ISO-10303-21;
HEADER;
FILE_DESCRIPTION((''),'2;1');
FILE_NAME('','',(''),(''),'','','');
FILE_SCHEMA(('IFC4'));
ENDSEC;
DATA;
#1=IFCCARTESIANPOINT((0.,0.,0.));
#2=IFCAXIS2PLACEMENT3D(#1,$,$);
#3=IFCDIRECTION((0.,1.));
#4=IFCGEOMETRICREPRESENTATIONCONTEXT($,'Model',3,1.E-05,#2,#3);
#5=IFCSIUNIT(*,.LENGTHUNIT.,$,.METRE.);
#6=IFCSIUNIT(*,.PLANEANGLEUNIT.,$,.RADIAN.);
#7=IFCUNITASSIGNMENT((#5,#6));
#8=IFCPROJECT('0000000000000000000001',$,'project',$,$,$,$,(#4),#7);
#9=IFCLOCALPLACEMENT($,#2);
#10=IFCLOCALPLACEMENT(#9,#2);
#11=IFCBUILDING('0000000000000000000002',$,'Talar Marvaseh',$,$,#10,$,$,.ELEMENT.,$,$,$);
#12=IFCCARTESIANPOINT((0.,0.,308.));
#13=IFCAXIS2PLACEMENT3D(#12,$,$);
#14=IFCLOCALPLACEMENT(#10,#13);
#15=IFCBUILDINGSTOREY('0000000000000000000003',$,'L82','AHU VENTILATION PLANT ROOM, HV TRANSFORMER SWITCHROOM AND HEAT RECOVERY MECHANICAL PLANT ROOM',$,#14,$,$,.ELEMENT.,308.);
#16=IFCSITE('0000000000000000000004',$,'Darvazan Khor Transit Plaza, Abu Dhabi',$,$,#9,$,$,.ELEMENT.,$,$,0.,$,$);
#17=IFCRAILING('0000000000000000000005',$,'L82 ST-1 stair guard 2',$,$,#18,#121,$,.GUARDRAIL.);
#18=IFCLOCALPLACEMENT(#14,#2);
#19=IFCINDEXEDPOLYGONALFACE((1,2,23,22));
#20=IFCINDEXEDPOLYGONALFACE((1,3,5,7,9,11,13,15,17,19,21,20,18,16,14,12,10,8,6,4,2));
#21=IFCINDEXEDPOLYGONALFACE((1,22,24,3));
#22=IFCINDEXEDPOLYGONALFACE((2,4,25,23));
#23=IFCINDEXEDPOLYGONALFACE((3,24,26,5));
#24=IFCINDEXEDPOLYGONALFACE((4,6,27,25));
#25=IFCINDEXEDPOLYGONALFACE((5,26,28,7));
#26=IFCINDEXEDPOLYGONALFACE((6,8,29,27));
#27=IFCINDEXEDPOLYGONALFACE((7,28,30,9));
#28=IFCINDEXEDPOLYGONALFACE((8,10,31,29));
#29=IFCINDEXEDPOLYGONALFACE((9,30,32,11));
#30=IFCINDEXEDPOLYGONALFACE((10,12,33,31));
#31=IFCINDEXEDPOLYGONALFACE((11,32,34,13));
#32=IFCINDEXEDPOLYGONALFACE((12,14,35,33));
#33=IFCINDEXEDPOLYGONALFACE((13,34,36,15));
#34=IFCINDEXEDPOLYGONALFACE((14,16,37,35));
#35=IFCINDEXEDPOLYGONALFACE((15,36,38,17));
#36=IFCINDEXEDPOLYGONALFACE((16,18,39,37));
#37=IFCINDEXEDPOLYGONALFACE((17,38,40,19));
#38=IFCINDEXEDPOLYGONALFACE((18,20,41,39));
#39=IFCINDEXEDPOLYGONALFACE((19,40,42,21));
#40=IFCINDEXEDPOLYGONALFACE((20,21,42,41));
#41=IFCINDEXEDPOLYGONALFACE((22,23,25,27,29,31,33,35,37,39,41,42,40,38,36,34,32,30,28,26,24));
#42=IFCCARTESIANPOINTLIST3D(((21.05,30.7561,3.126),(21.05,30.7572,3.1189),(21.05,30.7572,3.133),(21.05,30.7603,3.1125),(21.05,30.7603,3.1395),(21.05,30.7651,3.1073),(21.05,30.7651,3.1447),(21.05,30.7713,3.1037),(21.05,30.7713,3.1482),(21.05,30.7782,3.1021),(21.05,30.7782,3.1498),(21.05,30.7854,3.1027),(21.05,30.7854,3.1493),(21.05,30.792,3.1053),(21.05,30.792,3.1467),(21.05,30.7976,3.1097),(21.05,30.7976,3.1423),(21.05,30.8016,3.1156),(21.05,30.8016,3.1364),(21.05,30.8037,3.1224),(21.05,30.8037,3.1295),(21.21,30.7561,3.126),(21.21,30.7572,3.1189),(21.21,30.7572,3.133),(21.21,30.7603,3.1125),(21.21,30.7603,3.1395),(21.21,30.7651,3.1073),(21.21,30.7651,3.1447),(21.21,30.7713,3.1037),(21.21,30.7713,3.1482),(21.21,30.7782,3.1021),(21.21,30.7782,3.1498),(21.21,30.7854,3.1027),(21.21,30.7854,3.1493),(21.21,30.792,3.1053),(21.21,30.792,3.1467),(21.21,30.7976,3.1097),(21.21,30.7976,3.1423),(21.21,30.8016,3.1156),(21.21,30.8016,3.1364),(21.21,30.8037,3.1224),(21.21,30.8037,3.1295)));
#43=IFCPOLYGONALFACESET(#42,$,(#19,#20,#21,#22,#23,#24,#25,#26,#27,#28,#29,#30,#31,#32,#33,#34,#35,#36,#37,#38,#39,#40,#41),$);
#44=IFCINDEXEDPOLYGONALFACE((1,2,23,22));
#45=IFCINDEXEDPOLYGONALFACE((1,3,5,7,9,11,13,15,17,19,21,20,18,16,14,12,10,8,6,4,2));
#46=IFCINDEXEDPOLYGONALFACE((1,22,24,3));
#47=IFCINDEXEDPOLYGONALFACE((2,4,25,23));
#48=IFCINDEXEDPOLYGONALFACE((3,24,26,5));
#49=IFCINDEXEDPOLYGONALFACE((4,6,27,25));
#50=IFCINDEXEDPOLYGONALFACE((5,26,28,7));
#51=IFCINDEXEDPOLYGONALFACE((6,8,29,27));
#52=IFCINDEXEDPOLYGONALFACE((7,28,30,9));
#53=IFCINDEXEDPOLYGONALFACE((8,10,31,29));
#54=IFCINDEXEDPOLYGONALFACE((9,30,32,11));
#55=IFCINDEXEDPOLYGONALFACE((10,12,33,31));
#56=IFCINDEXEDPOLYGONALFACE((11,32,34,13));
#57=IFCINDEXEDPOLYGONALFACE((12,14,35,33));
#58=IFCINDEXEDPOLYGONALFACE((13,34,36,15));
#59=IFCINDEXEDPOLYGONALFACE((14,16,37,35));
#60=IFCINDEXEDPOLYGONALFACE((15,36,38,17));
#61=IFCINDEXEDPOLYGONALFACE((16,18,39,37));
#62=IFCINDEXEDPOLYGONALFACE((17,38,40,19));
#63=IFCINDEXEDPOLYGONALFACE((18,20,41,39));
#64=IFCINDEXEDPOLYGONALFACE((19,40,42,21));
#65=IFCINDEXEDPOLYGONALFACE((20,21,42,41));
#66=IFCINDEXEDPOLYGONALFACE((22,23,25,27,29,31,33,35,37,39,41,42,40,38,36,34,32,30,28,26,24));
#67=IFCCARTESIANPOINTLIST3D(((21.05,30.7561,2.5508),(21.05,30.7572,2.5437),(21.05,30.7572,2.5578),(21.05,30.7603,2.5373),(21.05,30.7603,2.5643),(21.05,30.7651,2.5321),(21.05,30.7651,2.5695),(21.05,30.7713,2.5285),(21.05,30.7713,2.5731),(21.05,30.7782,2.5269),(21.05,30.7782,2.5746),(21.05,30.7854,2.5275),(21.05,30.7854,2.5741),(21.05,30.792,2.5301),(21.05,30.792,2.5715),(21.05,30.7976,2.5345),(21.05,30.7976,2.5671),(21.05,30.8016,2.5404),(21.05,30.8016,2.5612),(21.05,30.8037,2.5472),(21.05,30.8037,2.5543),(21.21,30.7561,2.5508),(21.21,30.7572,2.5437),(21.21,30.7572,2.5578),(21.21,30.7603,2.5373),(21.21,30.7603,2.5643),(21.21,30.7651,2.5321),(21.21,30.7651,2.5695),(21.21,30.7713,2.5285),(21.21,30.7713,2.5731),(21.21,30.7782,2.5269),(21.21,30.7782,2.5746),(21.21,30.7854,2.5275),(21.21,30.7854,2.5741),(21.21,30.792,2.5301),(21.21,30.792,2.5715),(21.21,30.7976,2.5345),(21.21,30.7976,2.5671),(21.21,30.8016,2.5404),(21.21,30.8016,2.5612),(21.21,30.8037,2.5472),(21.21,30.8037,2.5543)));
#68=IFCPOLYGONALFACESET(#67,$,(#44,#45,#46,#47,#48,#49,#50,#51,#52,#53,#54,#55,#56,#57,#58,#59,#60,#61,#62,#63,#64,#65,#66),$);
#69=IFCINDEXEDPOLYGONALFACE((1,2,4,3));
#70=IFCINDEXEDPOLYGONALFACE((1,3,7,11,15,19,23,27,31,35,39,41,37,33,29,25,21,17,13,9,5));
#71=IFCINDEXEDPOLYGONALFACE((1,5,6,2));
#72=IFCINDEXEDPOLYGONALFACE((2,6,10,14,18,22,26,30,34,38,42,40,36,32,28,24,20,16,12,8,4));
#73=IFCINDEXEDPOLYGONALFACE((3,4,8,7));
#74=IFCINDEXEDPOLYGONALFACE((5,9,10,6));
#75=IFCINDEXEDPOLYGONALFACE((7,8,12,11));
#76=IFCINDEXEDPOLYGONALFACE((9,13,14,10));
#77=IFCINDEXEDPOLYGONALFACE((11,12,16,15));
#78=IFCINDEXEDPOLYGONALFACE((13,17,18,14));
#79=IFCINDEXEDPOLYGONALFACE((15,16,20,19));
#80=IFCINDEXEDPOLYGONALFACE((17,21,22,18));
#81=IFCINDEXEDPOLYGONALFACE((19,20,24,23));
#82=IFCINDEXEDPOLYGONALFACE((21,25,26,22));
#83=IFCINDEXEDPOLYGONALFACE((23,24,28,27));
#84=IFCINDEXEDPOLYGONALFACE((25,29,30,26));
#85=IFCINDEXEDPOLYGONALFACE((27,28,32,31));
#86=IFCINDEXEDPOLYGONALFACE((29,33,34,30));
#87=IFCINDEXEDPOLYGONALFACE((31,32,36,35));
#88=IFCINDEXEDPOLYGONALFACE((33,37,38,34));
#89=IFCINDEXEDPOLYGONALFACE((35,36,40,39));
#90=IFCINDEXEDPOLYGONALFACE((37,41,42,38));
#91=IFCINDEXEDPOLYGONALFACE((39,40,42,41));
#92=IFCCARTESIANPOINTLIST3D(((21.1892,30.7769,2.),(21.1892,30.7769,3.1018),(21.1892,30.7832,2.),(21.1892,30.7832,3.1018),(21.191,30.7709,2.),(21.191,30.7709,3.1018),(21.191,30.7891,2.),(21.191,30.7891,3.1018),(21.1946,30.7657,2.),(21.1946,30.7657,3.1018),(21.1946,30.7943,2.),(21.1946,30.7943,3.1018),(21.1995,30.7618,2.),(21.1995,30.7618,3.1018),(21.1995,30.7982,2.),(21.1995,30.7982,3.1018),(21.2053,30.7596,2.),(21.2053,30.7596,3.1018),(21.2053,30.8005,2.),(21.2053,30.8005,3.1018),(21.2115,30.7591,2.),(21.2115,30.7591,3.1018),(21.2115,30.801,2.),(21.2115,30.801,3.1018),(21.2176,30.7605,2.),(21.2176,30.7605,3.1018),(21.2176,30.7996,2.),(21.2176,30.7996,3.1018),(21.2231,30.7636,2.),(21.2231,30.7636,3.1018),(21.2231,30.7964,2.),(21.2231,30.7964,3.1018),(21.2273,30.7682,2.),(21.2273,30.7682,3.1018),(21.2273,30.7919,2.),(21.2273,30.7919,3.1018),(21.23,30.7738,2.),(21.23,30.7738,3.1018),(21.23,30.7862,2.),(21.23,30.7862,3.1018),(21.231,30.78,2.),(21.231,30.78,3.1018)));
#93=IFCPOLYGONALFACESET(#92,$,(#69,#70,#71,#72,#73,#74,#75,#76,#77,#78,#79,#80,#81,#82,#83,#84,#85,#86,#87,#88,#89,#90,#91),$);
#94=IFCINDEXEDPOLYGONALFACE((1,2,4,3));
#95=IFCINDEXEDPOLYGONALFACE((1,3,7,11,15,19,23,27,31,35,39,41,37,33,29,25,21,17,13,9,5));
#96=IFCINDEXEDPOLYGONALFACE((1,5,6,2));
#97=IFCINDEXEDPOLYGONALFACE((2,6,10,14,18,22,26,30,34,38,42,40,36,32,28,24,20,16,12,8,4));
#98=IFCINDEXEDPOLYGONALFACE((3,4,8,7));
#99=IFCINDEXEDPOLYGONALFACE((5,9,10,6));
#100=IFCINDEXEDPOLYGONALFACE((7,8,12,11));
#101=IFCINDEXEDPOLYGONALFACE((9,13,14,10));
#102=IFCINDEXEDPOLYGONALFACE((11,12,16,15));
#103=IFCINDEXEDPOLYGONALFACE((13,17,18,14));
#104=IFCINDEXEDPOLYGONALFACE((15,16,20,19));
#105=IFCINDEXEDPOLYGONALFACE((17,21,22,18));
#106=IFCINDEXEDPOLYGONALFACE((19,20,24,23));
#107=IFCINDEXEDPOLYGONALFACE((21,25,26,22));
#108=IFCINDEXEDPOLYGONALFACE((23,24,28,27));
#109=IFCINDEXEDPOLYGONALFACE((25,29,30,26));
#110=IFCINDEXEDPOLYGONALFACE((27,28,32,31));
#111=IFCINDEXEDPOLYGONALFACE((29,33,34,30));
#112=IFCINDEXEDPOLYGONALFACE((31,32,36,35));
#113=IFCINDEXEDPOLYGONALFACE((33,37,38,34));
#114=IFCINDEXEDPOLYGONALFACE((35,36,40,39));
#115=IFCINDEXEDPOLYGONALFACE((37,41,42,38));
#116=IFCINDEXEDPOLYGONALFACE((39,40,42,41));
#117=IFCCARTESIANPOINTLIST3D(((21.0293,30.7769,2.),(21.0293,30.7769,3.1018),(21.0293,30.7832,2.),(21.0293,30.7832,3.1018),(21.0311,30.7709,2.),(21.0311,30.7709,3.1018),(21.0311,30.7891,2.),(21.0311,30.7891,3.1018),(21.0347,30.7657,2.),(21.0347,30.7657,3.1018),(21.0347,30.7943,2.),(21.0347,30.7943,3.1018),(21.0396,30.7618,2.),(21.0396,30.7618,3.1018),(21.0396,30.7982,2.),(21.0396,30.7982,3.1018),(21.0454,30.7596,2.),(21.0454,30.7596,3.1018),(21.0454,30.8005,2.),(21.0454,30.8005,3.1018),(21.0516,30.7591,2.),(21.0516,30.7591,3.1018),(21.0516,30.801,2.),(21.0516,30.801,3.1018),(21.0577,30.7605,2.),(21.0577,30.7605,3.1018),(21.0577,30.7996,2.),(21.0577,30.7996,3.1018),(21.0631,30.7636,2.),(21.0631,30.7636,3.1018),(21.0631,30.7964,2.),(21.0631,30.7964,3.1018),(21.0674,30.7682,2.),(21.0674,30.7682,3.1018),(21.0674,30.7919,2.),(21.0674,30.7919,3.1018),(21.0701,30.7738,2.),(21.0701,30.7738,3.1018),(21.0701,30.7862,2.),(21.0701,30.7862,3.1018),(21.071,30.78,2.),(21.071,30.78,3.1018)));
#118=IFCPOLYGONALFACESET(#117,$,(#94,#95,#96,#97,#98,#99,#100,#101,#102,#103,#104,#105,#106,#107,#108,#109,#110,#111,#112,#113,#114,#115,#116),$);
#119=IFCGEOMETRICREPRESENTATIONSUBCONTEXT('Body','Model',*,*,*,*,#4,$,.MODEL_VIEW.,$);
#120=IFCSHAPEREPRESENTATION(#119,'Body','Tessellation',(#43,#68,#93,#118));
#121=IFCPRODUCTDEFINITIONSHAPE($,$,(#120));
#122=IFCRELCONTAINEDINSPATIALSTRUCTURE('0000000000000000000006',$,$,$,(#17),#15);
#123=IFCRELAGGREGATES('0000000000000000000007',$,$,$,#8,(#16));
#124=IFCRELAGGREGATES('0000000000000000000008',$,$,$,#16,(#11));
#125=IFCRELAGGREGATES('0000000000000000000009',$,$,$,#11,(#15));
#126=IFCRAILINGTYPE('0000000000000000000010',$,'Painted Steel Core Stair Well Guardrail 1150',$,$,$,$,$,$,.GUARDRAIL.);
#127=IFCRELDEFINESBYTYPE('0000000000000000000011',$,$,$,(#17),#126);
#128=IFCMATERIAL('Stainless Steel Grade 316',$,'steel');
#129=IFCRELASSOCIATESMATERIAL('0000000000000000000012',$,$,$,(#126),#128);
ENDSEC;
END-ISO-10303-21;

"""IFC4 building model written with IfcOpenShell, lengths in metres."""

from ifc_helpers import new_model, si_unit, direction, frame, origin, origin_2d, place, context, subcontext, project, spatial, circle, extrude, material, type_object, element, save


model = new_model("IFC4")

# Units and contexts
model_context = context("Model", 3, precision=1e-05, world=origin(), true_north=direction((0.0, 1.0)))
body_context = subcontext(model_context, "Body", "Model", "MODEL_VIEW")
ifc_project = project(units=[si_unit("LENGTHUNIT", "METRE"), si_unit("PLANEANGLEUNIT", "RADIAN")], contexts=[model_context])

# Site, building, storey
site_placement = place(None, origin())
site = spatial("IfcSite", under=ifc_project, at=site_placement, Name="Darvazan Khor Transit Plaza, Abu Dhabi", CompositionType="ELEMENT", RefElevation=0.0)
building_placement = place(site_placement, origin())
building = spatial("IfcBuilding", under=site, at=building_placement, Name="Talar Marvaseh", CompositionType="ELEMENT")
storey_placement = place(building_placement, frame((0.0, 0.0, 308.0)))
storey = spatial("IfcBuildingStorey", under=building, at=storey_placement, Name="L82", Description="AHU VENTILATION PLANT ROOM, HV TRANSFORMER SWITCHROOM AND HEAT RECOVERY MECHANICAL PLANT ROOM", CompositionType="ELEMENT", Elevation=308.0)

# Shared definitions
ifc_material_1 = material(Name="Stainless Steel Grade 316", Category="steel")

# Railing
railing_type_1 = type_object("IfcRailingType", Name="Painted Steel Core Stair Well Guardrail 1150", PredefinedType="GUARDRAIL", material=ifc_material_1)
railing_1_placement = place(storey_placement, frame((21.21, 30.78, 2.0)))
element("IfcRailing", 1, at=railing_1_placement, inside=storey, type_object=railing_type_1, Name="L82 ST-1 stair guard 2", PredefinedType="GUARDRAIL", context=body_context, shape_type="SweptSolid", body=[
    extrude(circle(Radius=0.0239, at=origin_2d()), frame((0.0, 0.0, 1.126), z_axis=(-1.0, 0.0, 0.0), x_axis=(0.0, -1.0, 0.0)), (0.0, 0.0, 1.0), 0.1599),
    extrude(circle(Radius=0.0239, at=origin_2d()), frame((0.0, 0.0, 0.5508), z_axis=(-1.0, 0.0, 0.0), x_axis=(0.0, -1.0, 0.0)), (0.0, 0.0, 1.0), 0.1599),
    extrude(circle(Radius=0.021, at=origin_2d()), origin(), (0.0, 0.0, 1.0), 1.1018),
    extrude(circle(Radius=0.021, at=origin_2d()), frame((-0.1599, 0.0, 0.0)), (0.0, 0.0, 1.0), 1.1018),
])

save(model, "model.ifc")
